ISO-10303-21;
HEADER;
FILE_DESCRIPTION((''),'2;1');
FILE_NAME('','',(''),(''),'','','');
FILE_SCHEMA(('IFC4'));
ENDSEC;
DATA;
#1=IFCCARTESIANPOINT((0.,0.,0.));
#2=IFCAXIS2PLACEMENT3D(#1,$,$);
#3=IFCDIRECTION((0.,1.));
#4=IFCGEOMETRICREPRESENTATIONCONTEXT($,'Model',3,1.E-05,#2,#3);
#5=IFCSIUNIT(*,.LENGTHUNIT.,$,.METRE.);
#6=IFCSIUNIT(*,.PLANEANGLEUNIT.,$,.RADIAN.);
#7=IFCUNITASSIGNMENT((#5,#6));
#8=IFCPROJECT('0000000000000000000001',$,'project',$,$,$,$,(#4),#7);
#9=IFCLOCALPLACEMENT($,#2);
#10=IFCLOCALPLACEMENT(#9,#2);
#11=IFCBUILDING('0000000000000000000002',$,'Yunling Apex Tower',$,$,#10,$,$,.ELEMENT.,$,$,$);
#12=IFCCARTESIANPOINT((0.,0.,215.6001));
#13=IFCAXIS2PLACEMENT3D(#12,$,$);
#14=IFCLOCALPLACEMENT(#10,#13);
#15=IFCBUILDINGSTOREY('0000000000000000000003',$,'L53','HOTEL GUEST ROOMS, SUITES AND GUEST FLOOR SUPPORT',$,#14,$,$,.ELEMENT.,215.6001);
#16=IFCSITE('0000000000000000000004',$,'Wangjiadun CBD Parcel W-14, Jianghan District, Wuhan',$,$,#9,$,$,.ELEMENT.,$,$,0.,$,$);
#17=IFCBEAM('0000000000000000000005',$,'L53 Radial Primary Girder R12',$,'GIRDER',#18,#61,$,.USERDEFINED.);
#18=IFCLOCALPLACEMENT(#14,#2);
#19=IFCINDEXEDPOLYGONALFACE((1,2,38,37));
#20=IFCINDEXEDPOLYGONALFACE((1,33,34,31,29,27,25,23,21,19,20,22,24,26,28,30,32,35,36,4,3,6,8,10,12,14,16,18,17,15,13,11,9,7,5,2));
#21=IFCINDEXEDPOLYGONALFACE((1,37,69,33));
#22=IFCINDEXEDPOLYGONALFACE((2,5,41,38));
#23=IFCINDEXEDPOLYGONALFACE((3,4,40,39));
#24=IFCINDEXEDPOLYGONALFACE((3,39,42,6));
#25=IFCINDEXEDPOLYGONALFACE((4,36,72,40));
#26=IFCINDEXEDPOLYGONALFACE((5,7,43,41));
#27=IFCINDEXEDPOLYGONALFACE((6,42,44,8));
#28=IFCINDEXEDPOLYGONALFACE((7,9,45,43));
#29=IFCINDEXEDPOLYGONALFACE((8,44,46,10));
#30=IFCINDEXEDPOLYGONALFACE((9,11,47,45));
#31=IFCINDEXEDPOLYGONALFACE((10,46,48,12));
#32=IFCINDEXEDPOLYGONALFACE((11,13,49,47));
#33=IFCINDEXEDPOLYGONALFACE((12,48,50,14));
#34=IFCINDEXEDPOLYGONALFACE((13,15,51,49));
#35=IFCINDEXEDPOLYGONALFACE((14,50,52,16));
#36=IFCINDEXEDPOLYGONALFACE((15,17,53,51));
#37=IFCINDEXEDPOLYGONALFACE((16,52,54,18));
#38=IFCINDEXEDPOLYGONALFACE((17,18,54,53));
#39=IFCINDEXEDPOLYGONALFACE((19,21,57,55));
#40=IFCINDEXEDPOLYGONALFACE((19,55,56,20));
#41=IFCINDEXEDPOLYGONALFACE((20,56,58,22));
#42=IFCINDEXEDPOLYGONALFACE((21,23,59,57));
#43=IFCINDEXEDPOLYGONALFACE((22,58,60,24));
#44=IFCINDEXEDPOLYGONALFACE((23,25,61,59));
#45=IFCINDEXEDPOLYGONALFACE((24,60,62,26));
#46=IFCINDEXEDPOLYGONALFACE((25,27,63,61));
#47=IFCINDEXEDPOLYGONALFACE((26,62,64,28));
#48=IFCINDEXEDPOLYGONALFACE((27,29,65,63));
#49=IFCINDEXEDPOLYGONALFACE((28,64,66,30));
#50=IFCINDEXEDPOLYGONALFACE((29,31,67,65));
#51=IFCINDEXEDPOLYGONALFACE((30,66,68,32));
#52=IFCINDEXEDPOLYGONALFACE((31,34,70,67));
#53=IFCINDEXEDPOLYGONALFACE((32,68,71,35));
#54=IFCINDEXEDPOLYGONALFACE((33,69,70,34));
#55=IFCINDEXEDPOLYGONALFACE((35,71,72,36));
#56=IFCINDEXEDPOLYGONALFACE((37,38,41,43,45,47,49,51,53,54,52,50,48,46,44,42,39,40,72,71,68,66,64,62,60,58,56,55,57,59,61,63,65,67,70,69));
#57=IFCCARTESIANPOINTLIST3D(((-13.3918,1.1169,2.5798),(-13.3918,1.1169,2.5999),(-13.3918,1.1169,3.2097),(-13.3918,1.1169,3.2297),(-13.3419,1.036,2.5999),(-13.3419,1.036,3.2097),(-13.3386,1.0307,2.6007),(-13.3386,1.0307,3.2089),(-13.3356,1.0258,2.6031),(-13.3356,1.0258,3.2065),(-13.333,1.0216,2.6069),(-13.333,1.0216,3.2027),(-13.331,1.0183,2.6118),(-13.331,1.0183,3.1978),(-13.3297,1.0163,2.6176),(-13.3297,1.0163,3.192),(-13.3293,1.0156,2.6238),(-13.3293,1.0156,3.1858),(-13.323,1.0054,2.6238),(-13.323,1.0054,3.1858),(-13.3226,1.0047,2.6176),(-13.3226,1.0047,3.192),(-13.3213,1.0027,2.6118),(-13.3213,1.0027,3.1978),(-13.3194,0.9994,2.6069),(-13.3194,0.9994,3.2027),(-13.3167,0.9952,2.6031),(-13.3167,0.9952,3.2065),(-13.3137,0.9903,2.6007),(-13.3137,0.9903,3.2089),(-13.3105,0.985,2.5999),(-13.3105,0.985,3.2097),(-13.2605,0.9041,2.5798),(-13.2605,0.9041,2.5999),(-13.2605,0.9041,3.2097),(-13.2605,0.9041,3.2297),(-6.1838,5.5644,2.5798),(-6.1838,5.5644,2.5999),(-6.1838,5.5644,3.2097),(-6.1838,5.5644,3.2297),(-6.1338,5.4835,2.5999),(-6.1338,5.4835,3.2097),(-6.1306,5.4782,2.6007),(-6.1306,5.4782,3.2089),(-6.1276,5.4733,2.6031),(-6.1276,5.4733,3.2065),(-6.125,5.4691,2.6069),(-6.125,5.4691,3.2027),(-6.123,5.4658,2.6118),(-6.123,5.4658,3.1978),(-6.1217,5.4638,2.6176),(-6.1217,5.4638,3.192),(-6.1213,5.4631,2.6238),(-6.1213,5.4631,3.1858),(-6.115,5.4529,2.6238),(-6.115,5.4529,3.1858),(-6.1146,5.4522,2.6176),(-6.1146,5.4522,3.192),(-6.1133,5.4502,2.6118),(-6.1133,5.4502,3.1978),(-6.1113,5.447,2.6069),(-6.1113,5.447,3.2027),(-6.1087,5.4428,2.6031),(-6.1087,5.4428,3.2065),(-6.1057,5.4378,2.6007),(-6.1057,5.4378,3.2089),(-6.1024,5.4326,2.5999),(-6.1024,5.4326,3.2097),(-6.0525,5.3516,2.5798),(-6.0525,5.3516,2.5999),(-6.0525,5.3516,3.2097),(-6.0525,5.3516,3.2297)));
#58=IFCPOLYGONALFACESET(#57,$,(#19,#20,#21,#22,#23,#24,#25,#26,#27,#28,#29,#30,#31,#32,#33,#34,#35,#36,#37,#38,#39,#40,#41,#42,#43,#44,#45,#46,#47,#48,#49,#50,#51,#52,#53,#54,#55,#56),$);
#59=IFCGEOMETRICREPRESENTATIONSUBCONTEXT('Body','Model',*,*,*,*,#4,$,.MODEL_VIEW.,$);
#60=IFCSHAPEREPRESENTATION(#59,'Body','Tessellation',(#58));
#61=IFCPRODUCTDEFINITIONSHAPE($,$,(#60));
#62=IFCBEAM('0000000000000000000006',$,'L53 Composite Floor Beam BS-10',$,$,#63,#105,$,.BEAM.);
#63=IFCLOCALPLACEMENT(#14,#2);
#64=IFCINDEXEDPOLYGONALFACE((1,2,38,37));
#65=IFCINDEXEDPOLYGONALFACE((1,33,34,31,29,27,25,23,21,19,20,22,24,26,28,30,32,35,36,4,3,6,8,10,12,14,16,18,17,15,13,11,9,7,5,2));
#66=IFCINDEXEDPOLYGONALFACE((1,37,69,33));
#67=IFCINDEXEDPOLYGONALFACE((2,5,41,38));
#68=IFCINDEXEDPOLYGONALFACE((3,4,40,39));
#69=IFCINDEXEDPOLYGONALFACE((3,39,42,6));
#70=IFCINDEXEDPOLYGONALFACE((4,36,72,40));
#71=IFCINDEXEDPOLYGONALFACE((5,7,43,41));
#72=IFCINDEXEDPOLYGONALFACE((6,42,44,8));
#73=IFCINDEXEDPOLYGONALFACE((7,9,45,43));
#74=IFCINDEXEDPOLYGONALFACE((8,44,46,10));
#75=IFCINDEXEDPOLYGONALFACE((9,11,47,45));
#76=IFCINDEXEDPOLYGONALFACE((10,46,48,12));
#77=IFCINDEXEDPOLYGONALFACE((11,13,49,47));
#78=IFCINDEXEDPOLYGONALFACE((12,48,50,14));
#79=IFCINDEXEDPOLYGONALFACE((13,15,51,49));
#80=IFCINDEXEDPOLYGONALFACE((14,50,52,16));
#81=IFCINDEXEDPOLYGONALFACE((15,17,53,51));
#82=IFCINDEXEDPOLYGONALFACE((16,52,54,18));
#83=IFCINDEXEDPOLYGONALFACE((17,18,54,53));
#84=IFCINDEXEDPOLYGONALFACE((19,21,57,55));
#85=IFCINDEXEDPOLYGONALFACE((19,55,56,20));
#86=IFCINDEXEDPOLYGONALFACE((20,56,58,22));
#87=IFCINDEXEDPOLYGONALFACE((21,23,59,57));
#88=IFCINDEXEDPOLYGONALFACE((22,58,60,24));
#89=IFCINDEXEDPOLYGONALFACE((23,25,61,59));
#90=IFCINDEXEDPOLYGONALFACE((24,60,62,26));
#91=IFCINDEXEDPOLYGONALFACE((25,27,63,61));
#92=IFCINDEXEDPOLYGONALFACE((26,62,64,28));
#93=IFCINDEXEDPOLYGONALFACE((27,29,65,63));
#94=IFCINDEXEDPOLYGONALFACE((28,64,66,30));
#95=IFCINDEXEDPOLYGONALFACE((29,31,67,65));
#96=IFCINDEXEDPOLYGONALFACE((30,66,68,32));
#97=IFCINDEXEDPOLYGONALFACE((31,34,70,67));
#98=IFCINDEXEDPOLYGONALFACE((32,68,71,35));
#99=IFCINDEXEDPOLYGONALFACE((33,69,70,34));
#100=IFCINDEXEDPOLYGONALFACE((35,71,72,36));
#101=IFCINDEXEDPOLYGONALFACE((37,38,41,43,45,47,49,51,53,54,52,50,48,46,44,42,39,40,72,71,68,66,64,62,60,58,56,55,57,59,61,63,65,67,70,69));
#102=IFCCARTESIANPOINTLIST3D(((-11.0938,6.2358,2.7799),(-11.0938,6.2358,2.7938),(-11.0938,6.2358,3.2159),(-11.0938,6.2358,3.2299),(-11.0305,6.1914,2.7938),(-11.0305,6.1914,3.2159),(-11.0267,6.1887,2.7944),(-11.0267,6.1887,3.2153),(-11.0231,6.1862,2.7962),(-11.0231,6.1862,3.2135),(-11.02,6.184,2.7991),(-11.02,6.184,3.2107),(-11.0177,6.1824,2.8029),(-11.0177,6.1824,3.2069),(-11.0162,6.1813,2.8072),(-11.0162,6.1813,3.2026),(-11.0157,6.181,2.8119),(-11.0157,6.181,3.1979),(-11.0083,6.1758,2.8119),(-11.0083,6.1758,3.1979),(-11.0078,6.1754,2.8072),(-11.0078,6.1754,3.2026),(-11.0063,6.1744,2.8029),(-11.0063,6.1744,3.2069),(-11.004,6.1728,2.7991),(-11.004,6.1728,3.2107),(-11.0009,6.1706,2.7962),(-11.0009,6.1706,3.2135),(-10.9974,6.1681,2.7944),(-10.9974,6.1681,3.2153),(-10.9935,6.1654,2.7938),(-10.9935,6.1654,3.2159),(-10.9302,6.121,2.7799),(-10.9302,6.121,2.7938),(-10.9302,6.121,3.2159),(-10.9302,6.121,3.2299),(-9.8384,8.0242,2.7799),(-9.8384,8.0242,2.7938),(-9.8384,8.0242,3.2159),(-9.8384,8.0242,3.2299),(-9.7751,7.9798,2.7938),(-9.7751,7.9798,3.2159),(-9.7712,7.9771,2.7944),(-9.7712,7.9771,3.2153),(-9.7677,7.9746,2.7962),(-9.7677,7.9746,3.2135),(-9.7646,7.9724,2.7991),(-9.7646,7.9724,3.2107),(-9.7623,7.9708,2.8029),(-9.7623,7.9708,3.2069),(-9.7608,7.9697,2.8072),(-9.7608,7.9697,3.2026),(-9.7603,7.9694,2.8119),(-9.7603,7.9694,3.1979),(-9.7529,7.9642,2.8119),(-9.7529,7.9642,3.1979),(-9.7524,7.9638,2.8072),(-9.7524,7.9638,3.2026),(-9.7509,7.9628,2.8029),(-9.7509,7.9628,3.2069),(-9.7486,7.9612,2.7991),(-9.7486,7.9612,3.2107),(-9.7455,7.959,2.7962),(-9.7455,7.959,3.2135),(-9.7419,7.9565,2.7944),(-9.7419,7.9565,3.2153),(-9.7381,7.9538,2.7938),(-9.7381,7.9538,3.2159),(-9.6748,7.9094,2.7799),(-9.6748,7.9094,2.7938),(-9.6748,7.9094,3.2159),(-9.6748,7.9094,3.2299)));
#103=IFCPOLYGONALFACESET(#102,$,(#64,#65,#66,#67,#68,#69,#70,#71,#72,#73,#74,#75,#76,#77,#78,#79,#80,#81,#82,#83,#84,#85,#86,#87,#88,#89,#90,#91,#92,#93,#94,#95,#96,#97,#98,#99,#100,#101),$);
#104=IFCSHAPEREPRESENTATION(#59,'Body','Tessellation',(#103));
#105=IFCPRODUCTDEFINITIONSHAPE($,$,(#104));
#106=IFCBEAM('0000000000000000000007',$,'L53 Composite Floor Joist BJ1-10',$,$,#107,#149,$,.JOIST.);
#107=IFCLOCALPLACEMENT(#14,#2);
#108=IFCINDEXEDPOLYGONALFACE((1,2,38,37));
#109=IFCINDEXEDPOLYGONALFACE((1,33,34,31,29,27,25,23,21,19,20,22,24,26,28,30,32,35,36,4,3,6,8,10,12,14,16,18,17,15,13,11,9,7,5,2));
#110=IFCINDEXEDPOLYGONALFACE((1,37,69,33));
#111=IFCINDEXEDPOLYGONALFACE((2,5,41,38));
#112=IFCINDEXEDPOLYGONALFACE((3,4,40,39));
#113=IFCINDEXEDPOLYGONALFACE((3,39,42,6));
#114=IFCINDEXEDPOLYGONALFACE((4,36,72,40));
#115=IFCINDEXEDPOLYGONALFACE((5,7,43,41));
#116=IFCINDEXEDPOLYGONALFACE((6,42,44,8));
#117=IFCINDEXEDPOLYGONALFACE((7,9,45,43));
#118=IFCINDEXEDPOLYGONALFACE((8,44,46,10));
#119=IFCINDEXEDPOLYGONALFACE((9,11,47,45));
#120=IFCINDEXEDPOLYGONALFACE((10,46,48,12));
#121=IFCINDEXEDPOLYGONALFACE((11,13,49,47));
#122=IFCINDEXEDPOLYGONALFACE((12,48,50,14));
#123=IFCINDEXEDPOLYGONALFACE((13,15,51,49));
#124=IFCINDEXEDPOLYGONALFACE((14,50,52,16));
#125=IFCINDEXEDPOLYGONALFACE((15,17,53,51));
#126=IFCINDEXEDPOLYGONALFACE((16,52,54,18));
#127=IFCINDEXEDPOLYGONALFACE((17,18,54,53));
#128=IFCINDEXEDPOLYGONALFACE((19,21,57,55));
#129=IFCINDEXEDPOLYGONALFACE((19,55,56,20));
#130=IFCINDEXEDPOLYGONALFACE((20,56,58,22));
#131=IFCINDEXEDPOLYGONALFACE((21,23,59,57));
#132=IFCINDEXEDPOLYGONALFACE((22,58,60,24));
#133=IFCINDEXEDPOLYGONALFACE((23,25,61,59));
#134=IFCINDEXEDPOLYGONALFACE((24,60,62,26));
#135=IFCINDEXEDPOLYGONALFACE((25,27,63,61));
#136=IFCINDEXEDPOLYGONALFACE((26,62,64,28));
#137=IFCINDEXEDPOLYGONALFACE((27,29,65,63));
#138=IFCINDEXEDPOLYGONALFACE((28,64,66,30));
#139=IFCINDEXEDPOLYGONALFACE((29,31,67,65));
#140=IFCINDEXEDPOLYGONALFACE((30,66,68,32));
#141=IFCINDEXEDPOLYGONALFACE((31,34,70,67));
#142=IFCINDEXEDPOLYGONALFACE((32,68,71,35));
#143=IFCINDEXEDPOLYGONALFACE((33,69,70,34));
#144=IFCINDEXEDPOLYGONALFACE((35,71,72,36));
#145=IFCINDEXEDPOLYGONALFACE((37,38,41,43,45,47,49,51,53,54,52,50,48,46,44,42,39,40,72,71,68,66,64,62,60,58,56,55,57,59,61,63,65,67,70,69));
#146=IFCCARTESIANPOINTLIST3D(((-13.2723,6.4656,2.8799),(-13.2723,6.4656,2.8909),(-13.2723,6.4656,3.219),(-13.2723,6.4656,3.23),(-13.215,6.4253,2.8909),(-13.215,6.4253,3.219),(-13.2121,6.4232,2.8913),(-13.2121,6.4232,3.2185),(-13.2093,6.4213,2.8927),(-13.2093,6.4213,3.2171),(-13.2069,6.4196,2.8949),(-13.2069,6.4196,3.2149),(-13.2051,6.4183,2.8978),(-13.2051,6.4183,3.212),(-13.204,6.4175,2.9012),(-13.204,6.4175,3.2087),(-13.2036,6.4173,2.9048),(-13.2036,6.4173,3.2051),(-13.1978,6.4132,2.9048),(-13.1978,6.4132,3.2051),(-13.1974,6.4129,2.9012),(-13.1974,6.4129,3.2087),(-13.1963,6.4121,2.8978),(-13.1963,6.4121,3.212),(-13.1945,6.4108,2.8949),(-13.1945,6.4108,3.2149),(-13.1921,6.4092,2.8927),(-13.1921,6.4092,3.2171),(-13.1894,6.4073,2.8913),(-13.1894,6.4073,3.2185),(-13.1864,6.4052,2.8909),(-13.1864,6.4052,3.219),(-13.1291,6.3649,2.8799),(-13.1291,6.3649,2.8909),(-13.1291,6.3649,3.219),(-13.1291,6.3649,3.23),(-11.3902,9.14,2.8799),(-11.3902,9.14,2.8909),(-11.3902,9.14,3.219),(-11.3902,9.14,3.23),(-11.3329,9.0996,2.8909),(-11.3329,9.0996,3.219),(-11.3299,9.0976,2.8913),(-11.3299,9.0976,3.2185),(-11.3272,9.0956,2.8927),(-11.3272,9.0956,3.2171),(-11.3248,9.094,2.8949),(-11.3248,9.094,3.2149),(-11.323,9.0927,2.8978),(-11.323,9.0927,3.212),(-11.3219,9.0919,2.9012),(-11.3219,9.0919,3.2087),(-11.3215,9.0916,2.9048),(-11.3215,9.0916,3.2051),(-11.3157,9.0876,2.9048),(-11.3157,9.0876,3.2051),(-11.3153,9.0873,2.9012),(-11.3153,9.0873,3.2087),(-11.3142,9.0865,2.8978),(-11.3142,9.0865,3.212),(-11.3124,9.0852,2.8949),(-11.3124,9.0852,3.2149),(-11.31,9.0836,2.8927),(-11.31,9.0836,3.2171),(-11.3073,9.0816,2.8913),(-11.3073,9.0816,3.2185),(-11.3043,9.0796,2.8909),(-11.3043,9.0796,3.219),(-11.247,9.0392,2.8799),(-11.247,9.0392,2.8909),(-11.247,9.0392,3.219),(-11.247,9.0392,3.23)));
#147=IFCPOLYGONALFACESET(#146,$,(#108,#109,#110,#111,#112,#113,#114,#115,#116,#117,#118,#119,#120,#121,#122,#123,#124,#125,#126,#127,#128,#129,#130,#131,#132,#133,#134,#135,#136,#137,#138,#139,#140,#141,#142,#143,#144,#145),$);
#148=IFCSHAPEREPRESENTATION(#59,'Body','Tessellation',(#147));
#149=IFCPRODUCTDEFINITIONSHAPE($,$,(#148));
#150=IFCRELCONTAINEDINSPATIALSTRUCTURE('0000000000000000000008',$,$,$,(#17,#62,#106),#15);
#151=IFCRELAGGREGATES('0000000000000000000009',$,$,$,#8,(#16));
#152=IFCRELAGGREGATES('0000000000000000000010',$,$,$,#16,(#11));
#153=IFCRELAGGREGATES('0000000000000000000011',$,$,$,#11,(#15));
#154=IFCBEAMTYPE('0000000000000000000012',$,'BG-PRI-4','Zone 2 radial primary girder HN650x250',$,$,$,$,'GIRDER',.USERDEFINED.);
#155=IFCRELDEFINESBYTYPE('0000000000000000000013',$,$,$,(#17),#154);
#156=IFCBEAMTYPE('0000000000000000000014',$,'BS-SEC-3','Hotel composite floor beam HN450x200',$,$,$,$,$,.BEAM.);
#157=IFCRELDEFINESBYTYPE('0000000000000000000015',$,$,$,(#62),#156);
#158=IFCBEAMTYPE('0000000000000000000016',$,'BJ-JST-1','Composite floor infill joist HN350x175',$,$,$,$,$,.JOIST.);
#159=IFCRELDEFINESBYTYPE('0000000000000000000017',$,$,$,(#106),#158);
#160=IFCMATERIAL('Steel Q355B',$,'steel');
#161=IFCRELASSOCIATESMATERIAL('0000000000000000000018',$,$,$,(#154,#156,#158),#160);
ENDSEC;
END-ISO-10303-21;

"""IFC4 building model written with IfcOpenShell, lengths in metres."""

from ifc_helpers import new_model, si_unit, direction, frame, origin, origin_2d, place, context, subcontext, project, spatial, i_section, extrude, source, transform, mapped, material, material_profile, profile_set, type_object, element, save


model = new_model("IFC4")

# Units and contexts
model_context = context("Model", 3, precision=1e-05, world=origin(), true_north=direction((0.0, 1.0)))
body_context = subcontext(model_context, "Body", "Model", "MODEL_VIEW")
ifc_project = project(units=[si_unit("LENGTHUNIT", "METRE"), si_unit("PLANEANGLEUNIT", "RADIAN")], contexts=[model_context])

# Site, building, storey
site_placement = place(None, origin())
site = spatial("IfcSite", under=ifc_project, at=site_placement, Name="Wangjiadun CBD Parcel W-14, Jianghan District, Wuhan", CompositionType="ELEMENT", RefElevation=0.0)
building_placement = place(site_placement, origin())
building = spatial("IfcBuilding", under=site, at=building_placement, Name="Yunling Apex Tower", CompositionType="ELEMENT")
storey_placement = place(building_placement, frame((0.0, 0.0, 215.6001)))
storey = spatial("IfcBuildingStorey", under=building, at=storey_placement, Name="L53", Description="HOTEL GUEST ROOMS, SUITES AND GUEST FLOOR SUPPORT", CompositionType="ELEMENT", Elevation=215.6001)

# Beams
ifc_material_1 = material(Name="Steel Q355B", Category="steel")
ifc_material_profile_1 = material_profile(ifc_material_1, i_section(OverallWidth=0.25, OverallDepth=0.6499, WebThickness=0.012, FlangeThickness=0.02, FilletRadius=0.0239, at=origin_2d()))
ifc_profile_set_1 = profile_set([ifc_material_profile_1], Name="Steel Q355B")
beam_type_1 = type_object("IfcBeamType", Name="BG-PRI-4", Description="Zone 2 radial primary girder HN650x250", ElementType="GIRDER", PredefinedType="USERDEFINED", material=ifc_profile_set_1)
shared_shape_1 = source(origin(), body_context, "Body", "SweptSolid", [
    extrude(i_section(OverallWidth=0.25, OverallDepth=0.6499, WebThickness=0.012, FlangeThickness=0.02, FilletRadius=0.0239, at=origin_2d()), origin(), (0.0, 0.0, 1.0), 8.4697),
])
beam_1_placement = place(storey_placement, frame((-13.3262, 1.0105, 2.9048), z_axis=(0.851035, 0.525109, 0.0), x_axis=(-0.525109, 0.851035, 0.0)))
element("IfcBeam", 1, at=beam_1_placement, inside=storey, type_object=beam_type_1, Name="L53 Radial Primary Girder R12", ObjectType="GIRDER", PredefinedType="USERDEFINED", context=body_context, shape_type="MappedRepresentation", body=[
    mapped(shared_shape_1, transform((0.0, 0.0, 0.0), scale=1.0)),
])
ifc_material_profile_2 = material_profile(ifc_material_1, i_section(OverallWidth=0.2, OverallDepth=0.45, WebThickness=0.009, FlangeThickness=0.0139, FilletRadius=0.0181, at=origin_2d()))
ifc_profile_set_2 = profile_set([ifc_material_profile_2], Name="Steel Q355B")
beam_type_2 = type_object("IfcBeamType", Name="BS-SEC-3", Description="Hotel composite floor beam HN450x200", PredefinedType="BEAM", material=ifc_profile_set_2)
shared_shape_2 = source(origin(), body_context, "Body", "SweptSolid", [
    extrude(i_section(OverallWidth=0.2, OverallDepth=0.45, WebThickness=0.009, FlangeThickness=0.0139, FilletRadius=0.0181, at=origin_2d()), origin(), (0.0, 0.0, 1.0), 2.1851),
])
beam_2_placement = place(storey_placement, frame((-9.7566, 7.9668, 3.0049), z_axis=(-0.574549, -0.81847, 0.0), x_axis=(0.81847, -0.574549, 0.0)))
element("IfcBeam", 2, at=beam_2_placement, inside=storey, type_object=beam_type_2, Name="L53 Composite Floor Beam BS-10", PredefinedType="BEAM", context=body_context, shape_type="MappedRepresentation", body=[
    mapped(shared_shape_2, transform((0.0, 0.0, 0.0), scale=1.0)),
])
ifc_material_profile_3 = material_profile(ifc_material_1, i_section(OverallWidth=0.175, OverallDepth=0.3501, WebThickness=0.0071, FlangeThickness=0.011, FilletRadius=0.0139, at=origin_2d()))
ifc_profile_set_3 = profile_set([ifc_material_profile_3], Name="Steel Q355B")
beam_type_3 = type_object("IfcBeamType", Name="BJ-JST-1", Description="Composite floor infill joist HN350x175", PredefinedType="JOIST", material=ifc_profile_set_3)
shared_shape_3 = source(origin(), body_context, "Body", "SweptSolid", [
    extrude(i_section(OverallWidth=0.175, OverallDepth=0.3501, WebThickness=0.0071, FlangeThickness=0.011, FilletRadius=0.0139, at=origin_2d()), origin(), (0.0, 0.0, 1.0), 3.2703),
])
beam_3_placement = place(storey_placement, frame((-11.3186, 9.0896, 3.0549), z_axis=(-0.575525, -0.817784, 0.0), x_axis=(0.817784, -0.575525, 0.0)))
element("IfcBeam", 3, at=beam_3_placement, inside=storey, type_object=beam_type_3, Name="L53 Composite Floor Joist BJ1-10", PredefinedType="JOIST", context=body_context, shape_type="MappedRepresentation", body=[
    mapped(shared_shape_3, transform((0.0, 0.0, 0.0), scale=1.0)),
])

save(model, "model.ifc")
